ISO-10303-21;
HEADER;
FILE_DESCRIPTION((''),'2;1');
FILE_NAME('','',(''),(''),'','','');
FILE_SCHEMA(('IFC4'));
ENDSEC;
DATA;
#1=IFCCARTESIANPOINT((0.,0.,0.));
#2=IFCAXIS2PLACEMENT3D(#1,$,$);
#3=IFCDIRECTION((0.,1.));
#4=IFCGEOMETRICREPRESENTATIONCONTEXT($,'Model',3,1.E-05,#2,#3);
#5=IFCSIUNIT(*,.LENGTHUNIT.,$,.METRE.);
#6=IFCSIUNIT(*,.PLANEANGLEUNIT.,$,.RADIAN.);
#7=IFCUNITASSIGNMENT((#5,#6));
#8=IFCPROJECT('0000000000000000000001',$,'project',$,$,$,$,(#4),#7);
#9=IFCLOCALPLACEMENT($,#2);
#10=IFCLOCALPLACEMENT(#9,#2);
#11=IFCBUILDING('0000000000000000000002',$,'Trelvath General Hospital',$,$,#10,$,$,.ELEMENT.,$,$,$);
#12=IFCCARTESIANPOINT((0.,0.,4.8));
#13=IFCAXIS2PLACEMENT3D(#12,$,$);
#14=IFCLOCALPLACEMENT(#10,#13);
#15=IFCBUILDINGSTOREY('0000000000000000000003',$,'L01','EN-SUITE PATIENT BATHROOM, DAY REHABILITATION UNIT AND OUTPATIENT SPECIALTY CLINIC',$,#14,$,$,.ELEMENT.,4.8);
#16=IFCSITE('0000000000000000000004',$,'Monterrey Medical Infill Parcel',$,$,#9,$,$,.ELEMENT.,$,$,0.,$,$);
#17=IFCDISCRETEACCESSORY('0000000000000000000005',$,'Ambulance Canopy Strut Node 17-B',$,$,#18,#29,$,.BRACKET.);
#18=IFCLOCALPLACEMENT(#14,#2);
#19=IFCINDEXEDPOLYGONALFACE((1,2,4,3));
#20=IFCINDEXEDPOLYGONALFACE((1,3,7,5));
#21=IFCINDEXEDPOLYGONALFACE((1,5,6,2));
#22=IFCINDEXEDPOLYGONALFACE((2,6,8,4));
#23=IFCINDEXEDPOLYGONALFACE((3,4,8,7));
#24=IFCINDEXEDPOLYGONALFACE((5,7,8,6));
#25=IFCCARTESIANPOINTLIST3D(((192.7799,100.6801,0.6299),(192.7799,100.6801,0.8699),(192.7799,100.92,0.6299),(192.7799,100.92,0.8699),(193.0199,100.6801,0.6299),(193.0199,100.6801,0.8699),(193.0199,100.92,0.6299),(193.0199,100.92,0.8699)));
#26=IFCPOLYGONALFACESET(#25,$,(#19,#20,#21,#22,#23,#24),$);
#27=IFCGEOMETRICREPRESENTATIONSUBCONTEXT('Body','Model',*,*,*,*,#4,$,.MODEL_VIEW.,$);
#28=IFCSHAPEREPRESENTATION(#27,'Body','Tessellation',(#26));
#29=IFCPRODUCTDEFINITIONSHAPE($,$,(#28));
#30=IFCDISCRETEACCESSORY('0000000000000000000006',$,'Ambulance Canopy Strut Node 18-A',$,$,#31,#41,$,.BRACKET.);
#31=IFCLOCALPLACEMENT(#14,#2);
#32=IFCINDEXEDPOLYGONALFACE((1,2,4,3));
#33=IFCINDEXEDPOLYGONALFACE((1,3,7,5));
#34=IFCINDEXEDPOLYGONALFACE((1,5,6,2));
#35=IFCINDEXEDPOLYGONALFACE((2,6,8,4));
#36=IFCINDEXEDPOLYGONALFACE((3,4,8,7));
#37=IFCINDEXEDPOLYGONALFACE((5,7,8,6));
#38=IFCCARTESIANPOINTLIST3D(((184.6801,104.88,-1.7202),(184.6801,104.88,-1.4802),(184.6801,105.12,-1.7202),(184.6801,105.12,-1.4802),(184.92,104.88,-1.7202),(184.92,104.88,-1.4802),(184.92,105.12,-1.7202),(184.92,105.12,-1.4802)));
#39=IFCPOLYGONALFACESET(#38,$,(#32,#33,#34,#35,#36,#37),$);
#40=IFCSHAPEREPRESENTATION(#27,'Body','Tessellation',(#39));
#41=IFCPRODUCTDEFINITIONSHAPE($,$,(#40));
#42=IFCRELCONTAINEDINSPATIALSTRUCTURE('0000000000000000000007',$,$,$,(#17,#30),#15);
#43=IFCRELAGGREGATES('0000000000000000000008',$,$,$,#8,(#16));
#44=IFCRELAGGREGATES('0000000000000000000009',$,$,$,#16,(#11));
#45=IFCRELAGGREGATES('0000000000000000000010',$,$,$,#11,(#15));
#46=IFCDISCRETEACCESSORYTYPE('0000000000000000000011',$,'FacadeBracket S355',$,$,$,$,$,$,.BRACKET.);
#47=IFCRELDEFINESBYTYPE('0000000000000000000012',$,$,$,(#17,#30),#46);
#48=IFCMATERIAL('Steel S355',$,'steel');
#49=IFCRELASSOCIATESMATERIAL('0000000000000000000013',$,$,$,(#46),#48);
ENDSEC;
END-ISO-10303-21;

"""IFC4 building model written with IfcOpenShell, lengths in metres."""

from ifc_helpers import new_model, si_unit, direction, frame, origin, origin_2d, place, context, subcontext, project, spatial, rectangle, extrude, material, type_object, element, save


model = new_model("IFC4")

# Units and contexts
model_context = context("Model", 3, precision=1e-05, world=origin(), true_north=direction((0.0, 1.0)))
body_context = subcontext(model_context, "Body", "Model", "MODEL_VIEW")
ifc_project = project(units=[si_unit("LENGTHUNIT", "METRE"), si_unit("PLANEANGLEUNIT", "RADIAN")], contexts=[model_context])

# Site, building, storey
site_placement = place(None, origin())
site = spatial("IfcSite", under=ifc_project, at=site_placement, Name="Monterrey Medical Infill Parcel", CompositionType="ELEMENT", RefElevation=0.0)
building_placement = place(site_placement, origin())
building = spatial("IfcBuilding", under=site, at=building_placement, Name="Trelvath General Hospital", CompositionType="ELEMENT")
storey_placement = place(building_placement, frame((0.0, 0.0, 4.8)))
storey = spatial("IfcBuildingStorey", under=building, at=storey_placement, Name="L01", Description="EN-SUITE PATIENT BATHROOM, DAY REHABILITATION UNIT AND OUTPATIENT SPECIALTY CLINIC", CompositionType="ELEMENT", Elevation=4.8)

# Discrete accessories
ifc_material_1 = material(Name="Steel S355", Category="steel")
discrete_accessory_type = type_object("IfcDiscreteAccessoryType", Name="FacadeBracket S355", PredefinedType="BRACKET", material=ifc_material_1)
for number, where, z_axis, x_axis, name in (
    (1, (192.8999, 100.8, 0.6299), (0.0, 0.0, 1.0), (1.0, 0.0, 0.0), "Ambulance Canopy Strut Node 17-B"),
    (2, (184.8, 105.0, -1.7202), (0.0, 0.0, 1.0), (1.0, 0.0, 0.0), "Ambulance Canopy Strut Node 18-A"),
):
    element("IfcDiscreteAccessory", number, at=place(storey_placement, frame(where, z_axis=z_axis, x_axis=x_axis)), inside=storey, type_object=discrete_accessory_type, Name=name, PredefinedType="BRACKET", context=body_context, shape_type="SweptSolid", body=[
        extrude(rectangle(XDim=0.24, YDim=0.24, at=origin_2d()), origin(), (0.0, 0.0, 1.0), 0.24),
    ])

save(model, "model.ifc")
